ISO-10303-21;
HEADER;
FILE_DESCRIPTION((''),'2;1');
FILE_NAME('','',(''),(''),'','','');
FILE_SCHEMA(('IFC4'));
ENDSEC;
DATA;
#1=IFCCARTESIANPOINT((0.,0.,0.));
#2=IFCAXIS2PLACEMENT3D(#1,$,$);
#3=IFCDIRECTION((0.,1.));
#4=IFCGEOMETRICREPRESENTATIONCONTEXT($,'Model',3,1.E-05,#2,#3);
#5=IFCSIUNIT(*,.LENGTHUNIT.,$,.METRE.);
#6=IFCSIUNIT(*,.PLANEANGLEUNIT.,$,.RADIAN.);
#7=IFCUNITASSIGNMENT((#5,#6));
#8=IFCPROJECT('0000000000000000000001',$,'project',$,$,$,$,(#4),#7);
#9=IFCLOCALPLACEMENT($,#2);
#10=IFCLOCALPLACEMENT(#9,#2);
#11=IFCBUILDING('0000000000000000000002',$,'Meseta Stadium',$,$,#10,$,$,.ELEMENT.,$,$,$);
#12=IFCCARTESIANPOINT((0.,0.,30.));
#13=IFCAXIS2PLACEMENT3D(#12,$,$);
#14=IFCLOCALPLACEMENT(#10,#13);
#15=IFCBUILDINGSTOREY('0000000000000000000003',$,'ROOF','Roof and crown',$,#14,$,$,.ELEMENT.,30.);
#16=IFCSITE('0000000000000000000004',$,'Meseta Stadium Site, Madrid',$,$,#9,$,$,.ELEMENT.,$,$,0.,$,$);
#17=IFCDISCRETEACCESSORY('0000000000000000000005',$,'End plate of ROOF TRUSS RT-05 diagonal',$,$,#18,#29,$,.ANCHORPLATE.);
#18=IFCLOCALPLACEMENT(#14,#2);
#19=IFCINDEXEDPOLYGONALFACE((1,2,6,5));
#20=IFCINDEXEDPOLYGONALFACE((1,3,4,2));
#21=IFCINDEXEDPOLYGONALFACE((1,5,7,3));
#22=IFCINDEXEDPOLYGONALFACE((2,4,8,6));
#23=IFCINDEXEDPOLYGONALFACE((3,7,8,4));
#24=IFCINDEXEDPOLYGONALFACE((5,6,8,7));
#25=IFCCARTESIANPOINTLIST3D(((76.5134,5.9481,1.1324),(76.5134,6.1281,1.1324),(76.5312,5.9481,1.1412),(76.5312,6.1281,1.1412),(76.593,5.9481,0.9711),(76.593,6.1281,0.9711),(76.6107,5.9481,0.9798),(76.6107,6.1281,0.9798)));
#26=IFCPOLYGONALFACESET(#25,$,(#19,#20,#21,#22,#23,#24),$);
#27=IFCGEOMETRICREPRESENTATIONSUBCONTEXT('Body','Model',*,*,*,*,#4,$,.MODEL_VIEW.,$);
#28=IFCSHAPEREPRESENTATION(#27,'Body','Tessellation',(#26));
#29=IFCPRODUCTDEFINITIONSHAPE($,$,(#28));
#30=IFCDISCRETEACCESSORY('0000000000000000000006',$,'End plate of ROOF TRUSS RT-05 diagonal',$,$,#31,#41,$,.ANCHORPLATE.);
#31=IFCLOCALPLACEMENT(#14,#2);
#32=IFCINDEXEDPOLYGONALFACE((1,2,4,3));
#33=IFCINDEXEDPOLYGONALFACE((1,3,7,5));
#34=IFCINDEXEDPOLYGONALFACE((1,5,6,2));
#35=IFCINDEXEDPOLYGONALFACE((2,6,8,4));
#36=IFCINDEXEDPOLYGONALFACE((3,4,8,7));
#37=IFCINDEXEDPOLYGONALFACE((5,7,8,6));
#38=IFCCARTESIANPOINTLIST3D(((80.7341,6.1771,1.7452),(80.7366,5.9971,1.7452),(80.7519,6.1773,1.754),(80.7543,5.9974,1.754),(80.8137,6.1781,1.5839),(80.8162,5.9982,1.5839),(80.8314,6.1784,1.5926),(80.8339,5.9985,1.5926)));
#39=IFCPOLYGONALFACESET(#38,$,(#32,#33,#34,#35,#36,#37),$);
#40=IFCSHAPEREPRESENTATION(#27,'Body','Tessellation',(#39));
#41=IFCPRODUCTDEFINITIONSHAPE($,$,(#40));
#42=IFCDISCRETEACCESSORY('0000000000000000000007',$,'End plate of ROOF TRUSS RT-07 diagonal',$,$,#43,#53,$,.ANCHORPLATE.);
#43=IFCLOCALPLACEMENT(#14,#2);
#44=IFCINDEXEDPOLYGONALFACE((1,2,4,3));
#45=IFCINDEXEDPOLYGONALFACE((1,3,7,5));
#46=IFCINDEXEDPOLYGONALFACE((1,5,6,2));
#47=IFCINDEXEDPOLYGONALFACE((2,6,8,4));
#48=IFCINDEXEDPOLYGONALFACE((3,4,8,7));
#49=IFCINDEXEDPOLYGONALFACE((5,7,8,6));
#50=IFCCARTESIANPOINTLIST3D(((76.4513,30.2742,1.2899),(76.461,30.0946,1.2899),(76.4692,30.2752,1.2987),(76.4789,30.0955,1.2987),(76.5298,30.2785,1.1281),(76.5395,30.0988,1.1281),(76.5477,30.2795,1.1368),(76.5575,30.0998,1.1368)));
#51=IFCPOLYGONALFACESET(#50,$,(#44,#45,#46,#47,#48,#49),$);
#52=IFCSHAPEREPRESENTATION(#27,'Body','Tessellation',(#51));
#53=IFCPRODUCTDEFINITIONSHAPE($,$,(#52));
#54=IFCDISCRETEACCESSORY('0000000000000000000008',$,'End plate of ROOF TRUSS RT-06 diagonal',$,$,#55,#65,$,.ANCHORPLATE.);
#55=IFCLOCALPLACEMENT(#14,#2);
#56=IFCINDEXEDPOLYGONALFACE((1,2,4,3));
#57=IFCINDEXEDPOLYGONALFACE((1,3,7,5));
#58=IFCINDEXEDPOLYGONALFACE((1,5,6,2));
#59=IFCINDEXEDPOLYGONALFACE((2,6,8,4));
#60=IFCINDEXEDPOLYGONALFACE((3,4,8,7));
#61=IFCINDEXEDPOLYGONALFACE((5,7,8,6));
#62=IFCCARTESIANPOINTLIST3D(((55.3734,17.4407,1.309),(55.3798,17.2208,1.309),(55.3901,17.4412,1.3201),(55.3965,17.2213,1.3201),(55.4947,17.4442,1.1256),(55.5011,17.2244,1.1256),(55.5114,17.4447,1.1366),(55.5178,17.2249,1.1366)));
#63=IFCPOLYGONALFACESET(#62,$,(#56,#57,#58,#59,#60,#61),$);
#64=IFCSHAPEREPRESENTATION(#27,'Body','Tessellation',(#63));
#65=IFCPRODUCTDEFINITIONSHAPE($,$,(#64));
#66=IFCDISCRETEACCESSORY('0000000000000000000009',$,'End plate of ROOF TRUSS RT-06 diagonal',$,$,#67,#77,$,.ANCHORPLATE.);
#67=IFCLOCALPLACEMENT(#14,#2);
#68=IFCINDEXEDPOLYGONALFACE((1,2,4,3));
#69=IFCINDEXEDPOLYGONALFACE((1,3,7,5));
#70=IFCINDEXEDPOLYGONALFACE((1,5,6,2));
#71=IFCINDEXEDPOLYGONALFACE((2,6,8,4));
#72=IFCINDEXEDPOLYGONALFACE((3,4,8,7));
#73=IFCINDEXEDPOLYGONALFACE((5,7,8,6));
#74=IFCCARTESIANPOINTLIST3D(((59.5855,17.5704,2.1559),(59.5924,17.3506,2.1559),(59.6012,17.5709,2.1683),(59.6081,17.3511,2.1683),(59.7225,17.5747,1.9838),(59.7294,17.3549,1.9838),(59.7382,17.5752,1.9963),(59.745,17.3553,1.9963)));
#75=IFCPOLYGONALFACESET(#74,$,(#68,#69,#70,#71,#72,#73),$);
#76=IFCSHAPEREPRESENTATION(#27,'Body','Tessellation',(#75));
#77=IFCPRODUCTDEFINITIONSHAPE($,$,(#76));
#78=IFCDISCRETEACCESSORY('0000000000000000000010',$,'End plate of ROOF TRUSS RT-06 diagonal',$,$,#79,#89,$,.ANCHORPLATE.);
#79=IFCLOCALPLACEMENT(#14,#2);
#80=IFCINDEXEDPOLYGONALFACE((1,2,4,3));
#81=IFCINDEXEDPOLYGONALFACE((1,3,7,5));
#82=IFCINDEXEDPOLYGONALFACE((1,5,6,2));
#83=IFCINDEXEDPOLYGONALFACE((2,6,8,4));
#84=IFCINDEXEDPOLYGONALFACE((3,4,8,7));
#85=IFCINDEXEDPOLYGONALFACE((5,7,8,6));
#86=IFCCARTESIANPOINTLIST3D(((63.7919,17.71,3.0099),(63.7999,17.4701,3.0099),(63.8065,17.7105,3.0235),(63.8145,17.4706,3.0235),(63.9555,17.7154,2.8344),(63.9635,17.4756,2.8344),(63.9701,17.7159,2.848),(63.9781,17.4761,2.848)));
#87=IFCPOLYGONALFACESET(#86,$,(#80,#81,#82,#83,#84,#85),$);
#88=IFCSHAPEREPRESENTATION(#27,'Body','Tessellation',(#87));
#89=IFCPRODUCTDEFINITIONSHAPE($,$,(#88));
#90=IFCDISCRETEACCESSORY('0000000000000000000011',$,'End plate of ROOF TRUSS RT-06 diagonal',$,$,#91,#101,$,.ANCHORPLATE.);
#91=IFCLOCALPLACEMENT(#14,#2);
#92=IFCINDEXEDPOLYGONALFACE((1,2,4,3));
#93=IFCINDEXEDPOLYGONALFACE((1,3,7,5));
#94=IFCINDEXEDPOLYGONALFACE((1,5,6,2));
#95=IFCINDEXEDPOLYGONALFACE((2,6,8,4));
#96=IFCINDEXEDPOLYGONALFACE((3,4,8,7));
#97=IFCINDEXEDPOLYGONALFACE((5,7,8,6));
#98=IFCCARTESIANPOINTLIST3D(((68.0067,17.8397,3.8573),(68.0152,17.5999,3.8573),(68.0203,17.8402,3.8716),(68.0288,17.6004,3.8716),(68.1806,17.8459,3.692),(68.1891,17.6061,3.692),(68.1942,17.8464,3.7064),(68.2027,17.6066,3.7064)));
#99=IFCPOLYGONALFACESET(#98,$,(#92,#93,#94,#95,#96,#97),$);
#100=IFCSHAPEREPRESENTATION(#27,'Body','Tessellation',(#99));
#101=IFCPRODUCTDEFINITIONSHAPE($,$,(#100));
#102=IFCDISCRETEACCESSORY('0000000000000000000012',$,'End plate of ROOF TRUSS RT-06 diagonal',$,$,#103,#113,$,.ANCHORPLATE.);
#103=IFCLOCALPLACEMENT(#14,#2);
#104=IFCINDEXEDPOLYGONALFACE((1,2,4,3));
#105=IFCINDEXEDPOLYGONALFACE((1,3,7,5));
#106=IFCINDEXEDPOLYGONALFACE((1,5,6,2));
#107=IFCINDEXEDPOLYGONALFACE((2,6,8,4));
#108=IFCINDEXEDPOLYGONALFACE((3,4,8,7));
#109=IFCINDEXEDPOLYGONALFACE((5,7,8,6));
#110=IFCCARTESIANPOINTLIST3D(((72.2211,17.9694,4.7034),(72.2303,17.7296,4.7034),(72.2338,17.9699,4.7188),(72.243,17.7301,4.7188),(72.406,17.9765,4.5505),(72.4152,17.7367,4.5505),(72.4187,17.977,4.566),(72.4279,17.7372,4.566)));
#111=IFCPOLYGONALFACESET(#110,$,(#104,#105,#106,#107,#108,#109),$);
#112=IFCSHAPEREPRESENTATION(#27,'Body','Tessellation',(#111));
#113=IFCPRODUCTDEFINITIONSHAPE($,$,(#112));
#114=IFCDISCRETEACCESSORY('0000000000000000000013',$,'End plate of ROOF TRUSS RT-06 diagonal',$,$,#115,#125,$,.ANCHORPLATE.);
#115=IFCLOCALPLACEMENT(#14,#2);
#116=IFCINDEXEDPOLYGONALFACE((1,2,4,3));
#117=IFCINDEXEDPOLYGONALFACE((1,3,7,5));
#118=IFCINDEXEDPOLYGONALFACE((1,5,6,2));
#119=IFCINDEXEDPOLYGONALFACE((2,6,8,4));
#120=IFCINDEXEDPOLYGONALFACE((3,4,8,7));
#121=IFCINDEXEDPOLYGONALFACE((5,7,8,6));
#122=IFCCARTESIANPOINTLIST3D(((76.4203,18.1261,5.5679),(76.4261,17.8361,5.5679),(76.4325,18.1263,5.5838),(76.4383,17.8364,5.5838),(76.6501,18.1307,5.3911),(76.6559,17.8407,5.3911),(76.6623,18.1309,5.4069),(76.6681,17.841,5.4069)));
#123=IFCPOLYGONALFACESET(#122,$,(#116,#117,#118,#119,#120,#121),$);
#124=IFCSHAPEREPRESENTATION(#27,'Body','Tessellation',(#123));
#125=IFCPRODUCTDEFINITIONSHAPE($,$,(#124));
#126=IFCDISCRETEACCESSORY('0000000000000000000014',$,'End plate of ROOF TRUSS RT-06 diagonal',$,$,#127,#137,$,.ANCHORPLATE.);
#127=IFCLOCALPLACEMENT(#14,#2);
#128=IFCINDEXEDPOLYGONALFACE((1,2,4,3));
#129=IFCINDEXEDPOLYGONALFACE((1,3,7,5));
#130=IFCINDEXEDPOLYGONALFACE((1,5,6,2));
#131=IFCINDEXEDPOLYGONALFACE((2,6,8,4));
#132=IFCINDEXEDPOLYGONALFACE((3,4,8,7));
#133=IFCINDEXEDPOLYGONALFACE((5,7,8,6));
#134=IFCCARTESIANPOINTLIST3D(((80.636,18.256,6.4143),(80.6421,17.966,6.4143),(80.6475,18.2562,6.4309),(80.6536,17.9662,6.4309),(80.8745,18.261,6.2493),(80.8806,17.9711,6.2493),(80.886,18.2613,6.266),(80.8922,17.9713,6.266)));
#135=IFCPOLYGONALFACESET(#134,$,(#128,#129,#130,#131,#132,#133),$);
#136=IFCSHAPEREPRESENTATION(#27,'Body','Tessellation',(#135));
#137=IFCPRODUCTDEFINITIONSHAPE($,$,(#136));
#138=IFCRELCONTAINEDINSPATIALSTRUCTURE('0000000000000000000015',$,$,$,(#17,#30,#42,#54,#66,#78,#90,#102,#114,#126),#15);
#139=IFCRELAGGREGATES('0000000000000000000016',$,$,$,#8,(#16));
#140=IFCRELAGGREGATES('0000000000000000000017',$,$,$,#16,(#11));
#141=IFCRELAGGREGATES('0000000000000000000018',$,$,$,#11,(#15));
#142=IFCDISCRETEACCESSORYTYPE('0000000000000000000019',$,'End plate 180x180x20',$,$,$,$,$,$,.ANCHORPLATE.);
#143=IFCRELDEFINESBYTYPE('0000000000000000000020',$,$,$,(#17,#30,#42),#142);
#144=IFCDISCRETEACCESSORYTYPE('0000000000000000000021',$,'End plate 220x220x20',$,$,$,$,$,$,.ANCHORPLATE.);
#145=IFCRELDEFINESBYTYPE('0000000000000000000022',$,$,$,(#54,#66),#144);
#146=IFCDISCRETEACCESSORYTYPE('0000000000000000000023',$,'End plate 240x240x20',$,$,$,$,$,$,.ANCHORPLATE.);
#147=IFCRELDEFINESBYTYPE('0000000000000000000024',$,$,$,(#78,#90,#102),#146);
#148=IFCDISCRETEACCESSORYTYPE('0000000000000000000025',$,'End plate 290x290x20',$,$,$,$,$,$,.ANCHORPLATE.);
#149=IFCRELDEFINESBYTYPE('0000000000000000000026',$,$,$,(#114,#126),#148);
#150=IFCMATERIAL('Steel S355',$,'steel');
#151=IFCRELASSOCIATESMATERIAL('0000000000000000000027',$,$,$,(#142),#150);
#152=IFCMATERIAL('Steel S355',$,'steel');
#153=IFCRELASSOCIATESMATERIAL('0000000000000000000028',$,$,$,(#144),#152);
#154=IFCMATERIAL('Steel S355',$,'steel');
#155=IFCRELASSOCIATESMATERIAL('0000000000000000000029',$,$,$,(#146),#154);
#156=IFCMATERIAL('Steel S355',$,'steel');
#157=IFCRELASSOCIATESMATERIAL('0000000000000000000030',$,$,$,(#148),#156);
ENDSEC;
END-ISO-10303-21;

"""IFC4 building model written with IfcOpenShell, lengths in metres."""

from ifc_helpers import new_model, si_unit, direction, frame, origin, origin_2d, place, context, subcontext, project, spatial, rectangle, extrude, material, material_profile, profile_set, type_object, element, save


model = new_model("IFC4")

# Units and contexts
model_context = context("Model", 3, precision=1e-05, world=origin(), true_north=direction((0.0, 1.0)))
body_context = subcontext(model_context, "Body", "Model", "MODEL_VIEW")
ifc_project = project(units=[si_unit("LENGTHUNIT", "METRE"), si_unit("PLANEANGLEUNIT", "RADIAN")], contexts=[model_context])

# Site, building, storey
site_placement = place(None, origin())
site = spatial("IfcSite", under=ifc_project, at=site_placement, Name="Meseta Stadium Site, Madrid", CompositionType="ELEMENT", RefElevation=0.0)
building_placement = place(site_placement, origin())
building = spatial("IfcBuilding", under=site, at=building_placement, Name="Meseta Stadium", CompositionType="ELEMENT")
storey_placement = place(building_placement, frame((0.0, 0.0, 30.0)))
storey = spatial("IfcBuildingStorey", under=building, at=storey_placement, Name="ROOF", Description="Roof and crown", CompositionType="ELEMENT", Elevation=30.0)

# Discrete accessories
ifc_material_1 = material(Name="Steel S355", Category="steel")
ifc_material_profile_1 = material_profile(ifc_material_1, rectangle(XDim=0.1799, YDim=0.1799, at=origin_2d()), Name="PL 180x180")
ifc_profile_set_1 = profile_set([ifc_material_profile_1], Name="Steel S355")
discrete_accessory_type_1 = type_object("IfcDiscreteAccessoryType", Name="End plate 180x180x20", PredefinedType="ANCHORPLATE", material=ifc_profile_set_1)
for number, where, z_axis, x_axis, name in (
    (1, (76.5532, 6.0381, 1.0518), (0.896871, 0.0, 0.442292), (0.0, 1.0, 0.0), "End plate of ROOF TRUSS RT-05 diagonal"),
    (2, (80.7751, 6.0876, 1.6646), (0.896803, 0.012285, 0.442259), (-0.013697, 0.999906, 0.0), "End plate of ROOF TRUSS RT-05 diagonal"),
):
    element("IfcDiscreteAccessory", number, at=place(storey_placement, frame(where, z_axis=z_axis, x_axis=x_axis)), inside=storey, type_object=discrete_accessory_type_1, Name=name, PredefinedType="ANCHORPLATE", context=body_context, shape_type="SweptSolid", body=[
        extrude(rectangle(XDim=0.1799, YDim=0.1799, at=origin_2d()), origin(), (0.0, 0.0, 1.0), 0.0198),
    ])
discrete_accessory_1_placement = place(storey_placement, frame((76.4954, 30.1865, 1.209), z_axis=(0.898175, 0.04855, 0.43695), x_axis=(-0.053975, 0.998542, 0.0)))
element("IfcDiscreteAccessory", 3, at=discrete_accessory_1_placement, inside=storey, type_object=discrete_accessory_type_1, Name="End plate of ROOF TRUSS RT-07 diagonal", PredefinedType="ANCHORPLATE", context=body_context, shape_type="SweptSolid", body=[
    extrude(rectangle(XDim=0.1799, YDim=0.1799, at=origin_2d()), origin(), (0.0, 0.0, 1.0), 0.02),
])
ifc_material_2 = material(Name="Steel S355", Category="steel")
ifc_material_profile_2 = material_profile(ifc_material_2, rectangle(XDim=0.22, YDim=0.22, at=origin_2d()), Name="PL 220x220")
ifc_profile_set_2 = profile_set([ifc_material_profile_2], Name="Steel S355")
discrete_accessory_type_2 = type_object("IfcDiscreteAccessoryType", Name="End plate 220x220x20", PredefinedType="ANCHORPLATE", material=ifc_profile_set_2)
for number, where, z_axis, x_axis, name in (
    (4, (55.4373, 17.3325, 1.2173), (0.833681, 0.02452, 0.551701), (-0.029399, 0.999568, 0.0), "End plate of ROOF TRUSS RT-06 diagonal"),
    (5, (59.6575, 17.4626, 2.0698), (0.781826, 0.024432, 0.623018), (-0.031235, 0.999512, 0.0), "End plate of ROOF TRUSS RT-06 diagonal"),
):
    element("IfcDiscreteAccessory", number, at=place(storey_placement, frame(where, z_axis=z_axis, x_axis=x_axis)), inside=storey, type_object=discrete_accessory_type_2, Name=name, PredefinedType="ANCHORPLATE", context=body_context, shape_type="SweptSolid", body=[
        extrude(rectangle(XDim=0.22, YDim=0.22, at=origin_2d()), origin(), (0.0, 0.0, 1.0), 0.02),
    ])
ifc_material_3 = material(Name="Steel S355", Category="steel")
ifc_material_profile_3 = material_profile(ifc_material_3, rectangle(XDim=0.24, YDim=0.24, at=origin_2d()), Name="PL 240x240")
ifc_profile_set_3 = profile_set([ifc_material_profile_3], Name="Steel S355")
discrete_accessory_type_3 = type_object("IfcDiscreteAccessoryType", Name="End plate 240x240x20", PredefinedType="ANCHORPLATE", material=ifc_profile_set_3)
discrete_accessory_2_placement = place(storey_placement, frame((63.8777, 17.5928, 2.9221), z_axis=(0.730838, 0.024361, 0.682116), x_axis=(-0.033315, 0.999445, 0.0)))
element("IfcDiscreteAccessory", 6, at=discrete_accessory_2_placement, inside=storey, type_object=discrete_accessory_type_3, Name="End plate of ROOF TRUSS RT-06 diagonal", PredefinedType="ANCHORPLATE", context=body_context, shape_type="SweptSolid", body=[
    extrude(rectangle(XDim=0.24, YDim=0.24, at=origin_2d()), origin(), (0.0, 0.0, 1.0), 0.02),
])
discrete_accessory_3_placement = place(storey_placement, frame((68.0979, 17.7229, 3.7747), z_axis=(0.688218, 0.024579, 0.725087), x_axis=(-0.035692, 0.999363, 0.0)))
element("IfcDiscreteAccessory", 7, at=discrete_accessory_3_placement, inside=storey, type_object=discrete_accessory_type_3, Name="End plate of ROOF TRUSS RT-06 diagonal", PredefinedType="ANCHORPLATE", context=body_context, shape_type="SweptSolid", body=[
    extrude(rectangle(XDim=0.24, YDim=0.24, at=origin_2d()), origin(), (0.0, 0.0, 1.0), 0.0198),
])
discrete_accessory_4_placement = place(storey_placement, frame((72.3181, 17.853, 4.627), z_axis=(0.636374, 0.024476, 0.770992), x_axis=(-0.038433, 0.999261, 0.0)))
element("IfcDiscreteAccessory", 8, at=discrete_accessory_4_placement, inside=storey, type_object=discrete_accessory_type_3, Name="End plate of ROOF TRUSS RT-06 diagonal", PredefinedType="ANCHORPLATE", context=body_context, shape_type="SweptSolid", body=[
    extrude(rectangle(XDim=0.24, YDim=0.24, at=origin_2d()), origin(), (0.0, 0.0, 1.0), 0.02),
])
ifc_material_4 = material(Name="Steel S355", Category="steel")
ifc_material_profile_4 = material_profile(ifc_material_4, rectangle(XDim=0.29, YDim=0.29, at=origin_2d()), Name="PL 290x290")
ifc_profile_set_4 = profile_set([ifc_material_profile_4], Name="Steel S355")
discrete_accessory_type_4 = type_object("IfcDiscreteAccessoryType", Name="End plate 290x290x20", PredefinedType="ANCHORPLATE", material=ifc_profile_set_4)
discrete_accessory_5_placement = place(storey_placement, frame((76.5381, 17.9834, 5.4795), z_axis=(0.609665, 0.012193, 0.792565), x_axis=(-0.019996, 0.9998, 0.0)))
element("IfcDiscreteAccessory", 9, at=discrete_accessory_5_placement, inside=storey, type_object=discrete_accessory_type_4, Name="End plate of ROOF TRUSS RT-06 diagonal", PredefinedType="ANCHORPLATE", context=body_context, shape_type="SweptSolid", body=[
    extrude(rectangle(XDim=0.29, YDim=0.29, at=origin_2d()), origin(), (0.0, 0.0, 1.0), 0.02),
])
discrete_accessory_6_placement = place(storey_placement, frame((80.7583, 18.1135, 6.3318), z_axis=(0.568539, 0.012097, 0.822567), x_axis=(-0.021272, 0.999774, 0.0)))
element("IfcDiscreteAccessory", 10, at=discrete_accessory_6_placement, inside=storey, type_object=discrete_accessory_type_4, Name="End plate of ROOF TRUSS RT-06 diagonal", PredefinedType="ANCHORPLATE", context=body_context, shape_type="SweptSolid", body=[
    extrude(rectangle(XDim=0.29, YDim=0.29, at=origin_2d()), origin(), (0.0, 0.0, 1.0), 0.0203),
])

save(model, "model.ifc")
